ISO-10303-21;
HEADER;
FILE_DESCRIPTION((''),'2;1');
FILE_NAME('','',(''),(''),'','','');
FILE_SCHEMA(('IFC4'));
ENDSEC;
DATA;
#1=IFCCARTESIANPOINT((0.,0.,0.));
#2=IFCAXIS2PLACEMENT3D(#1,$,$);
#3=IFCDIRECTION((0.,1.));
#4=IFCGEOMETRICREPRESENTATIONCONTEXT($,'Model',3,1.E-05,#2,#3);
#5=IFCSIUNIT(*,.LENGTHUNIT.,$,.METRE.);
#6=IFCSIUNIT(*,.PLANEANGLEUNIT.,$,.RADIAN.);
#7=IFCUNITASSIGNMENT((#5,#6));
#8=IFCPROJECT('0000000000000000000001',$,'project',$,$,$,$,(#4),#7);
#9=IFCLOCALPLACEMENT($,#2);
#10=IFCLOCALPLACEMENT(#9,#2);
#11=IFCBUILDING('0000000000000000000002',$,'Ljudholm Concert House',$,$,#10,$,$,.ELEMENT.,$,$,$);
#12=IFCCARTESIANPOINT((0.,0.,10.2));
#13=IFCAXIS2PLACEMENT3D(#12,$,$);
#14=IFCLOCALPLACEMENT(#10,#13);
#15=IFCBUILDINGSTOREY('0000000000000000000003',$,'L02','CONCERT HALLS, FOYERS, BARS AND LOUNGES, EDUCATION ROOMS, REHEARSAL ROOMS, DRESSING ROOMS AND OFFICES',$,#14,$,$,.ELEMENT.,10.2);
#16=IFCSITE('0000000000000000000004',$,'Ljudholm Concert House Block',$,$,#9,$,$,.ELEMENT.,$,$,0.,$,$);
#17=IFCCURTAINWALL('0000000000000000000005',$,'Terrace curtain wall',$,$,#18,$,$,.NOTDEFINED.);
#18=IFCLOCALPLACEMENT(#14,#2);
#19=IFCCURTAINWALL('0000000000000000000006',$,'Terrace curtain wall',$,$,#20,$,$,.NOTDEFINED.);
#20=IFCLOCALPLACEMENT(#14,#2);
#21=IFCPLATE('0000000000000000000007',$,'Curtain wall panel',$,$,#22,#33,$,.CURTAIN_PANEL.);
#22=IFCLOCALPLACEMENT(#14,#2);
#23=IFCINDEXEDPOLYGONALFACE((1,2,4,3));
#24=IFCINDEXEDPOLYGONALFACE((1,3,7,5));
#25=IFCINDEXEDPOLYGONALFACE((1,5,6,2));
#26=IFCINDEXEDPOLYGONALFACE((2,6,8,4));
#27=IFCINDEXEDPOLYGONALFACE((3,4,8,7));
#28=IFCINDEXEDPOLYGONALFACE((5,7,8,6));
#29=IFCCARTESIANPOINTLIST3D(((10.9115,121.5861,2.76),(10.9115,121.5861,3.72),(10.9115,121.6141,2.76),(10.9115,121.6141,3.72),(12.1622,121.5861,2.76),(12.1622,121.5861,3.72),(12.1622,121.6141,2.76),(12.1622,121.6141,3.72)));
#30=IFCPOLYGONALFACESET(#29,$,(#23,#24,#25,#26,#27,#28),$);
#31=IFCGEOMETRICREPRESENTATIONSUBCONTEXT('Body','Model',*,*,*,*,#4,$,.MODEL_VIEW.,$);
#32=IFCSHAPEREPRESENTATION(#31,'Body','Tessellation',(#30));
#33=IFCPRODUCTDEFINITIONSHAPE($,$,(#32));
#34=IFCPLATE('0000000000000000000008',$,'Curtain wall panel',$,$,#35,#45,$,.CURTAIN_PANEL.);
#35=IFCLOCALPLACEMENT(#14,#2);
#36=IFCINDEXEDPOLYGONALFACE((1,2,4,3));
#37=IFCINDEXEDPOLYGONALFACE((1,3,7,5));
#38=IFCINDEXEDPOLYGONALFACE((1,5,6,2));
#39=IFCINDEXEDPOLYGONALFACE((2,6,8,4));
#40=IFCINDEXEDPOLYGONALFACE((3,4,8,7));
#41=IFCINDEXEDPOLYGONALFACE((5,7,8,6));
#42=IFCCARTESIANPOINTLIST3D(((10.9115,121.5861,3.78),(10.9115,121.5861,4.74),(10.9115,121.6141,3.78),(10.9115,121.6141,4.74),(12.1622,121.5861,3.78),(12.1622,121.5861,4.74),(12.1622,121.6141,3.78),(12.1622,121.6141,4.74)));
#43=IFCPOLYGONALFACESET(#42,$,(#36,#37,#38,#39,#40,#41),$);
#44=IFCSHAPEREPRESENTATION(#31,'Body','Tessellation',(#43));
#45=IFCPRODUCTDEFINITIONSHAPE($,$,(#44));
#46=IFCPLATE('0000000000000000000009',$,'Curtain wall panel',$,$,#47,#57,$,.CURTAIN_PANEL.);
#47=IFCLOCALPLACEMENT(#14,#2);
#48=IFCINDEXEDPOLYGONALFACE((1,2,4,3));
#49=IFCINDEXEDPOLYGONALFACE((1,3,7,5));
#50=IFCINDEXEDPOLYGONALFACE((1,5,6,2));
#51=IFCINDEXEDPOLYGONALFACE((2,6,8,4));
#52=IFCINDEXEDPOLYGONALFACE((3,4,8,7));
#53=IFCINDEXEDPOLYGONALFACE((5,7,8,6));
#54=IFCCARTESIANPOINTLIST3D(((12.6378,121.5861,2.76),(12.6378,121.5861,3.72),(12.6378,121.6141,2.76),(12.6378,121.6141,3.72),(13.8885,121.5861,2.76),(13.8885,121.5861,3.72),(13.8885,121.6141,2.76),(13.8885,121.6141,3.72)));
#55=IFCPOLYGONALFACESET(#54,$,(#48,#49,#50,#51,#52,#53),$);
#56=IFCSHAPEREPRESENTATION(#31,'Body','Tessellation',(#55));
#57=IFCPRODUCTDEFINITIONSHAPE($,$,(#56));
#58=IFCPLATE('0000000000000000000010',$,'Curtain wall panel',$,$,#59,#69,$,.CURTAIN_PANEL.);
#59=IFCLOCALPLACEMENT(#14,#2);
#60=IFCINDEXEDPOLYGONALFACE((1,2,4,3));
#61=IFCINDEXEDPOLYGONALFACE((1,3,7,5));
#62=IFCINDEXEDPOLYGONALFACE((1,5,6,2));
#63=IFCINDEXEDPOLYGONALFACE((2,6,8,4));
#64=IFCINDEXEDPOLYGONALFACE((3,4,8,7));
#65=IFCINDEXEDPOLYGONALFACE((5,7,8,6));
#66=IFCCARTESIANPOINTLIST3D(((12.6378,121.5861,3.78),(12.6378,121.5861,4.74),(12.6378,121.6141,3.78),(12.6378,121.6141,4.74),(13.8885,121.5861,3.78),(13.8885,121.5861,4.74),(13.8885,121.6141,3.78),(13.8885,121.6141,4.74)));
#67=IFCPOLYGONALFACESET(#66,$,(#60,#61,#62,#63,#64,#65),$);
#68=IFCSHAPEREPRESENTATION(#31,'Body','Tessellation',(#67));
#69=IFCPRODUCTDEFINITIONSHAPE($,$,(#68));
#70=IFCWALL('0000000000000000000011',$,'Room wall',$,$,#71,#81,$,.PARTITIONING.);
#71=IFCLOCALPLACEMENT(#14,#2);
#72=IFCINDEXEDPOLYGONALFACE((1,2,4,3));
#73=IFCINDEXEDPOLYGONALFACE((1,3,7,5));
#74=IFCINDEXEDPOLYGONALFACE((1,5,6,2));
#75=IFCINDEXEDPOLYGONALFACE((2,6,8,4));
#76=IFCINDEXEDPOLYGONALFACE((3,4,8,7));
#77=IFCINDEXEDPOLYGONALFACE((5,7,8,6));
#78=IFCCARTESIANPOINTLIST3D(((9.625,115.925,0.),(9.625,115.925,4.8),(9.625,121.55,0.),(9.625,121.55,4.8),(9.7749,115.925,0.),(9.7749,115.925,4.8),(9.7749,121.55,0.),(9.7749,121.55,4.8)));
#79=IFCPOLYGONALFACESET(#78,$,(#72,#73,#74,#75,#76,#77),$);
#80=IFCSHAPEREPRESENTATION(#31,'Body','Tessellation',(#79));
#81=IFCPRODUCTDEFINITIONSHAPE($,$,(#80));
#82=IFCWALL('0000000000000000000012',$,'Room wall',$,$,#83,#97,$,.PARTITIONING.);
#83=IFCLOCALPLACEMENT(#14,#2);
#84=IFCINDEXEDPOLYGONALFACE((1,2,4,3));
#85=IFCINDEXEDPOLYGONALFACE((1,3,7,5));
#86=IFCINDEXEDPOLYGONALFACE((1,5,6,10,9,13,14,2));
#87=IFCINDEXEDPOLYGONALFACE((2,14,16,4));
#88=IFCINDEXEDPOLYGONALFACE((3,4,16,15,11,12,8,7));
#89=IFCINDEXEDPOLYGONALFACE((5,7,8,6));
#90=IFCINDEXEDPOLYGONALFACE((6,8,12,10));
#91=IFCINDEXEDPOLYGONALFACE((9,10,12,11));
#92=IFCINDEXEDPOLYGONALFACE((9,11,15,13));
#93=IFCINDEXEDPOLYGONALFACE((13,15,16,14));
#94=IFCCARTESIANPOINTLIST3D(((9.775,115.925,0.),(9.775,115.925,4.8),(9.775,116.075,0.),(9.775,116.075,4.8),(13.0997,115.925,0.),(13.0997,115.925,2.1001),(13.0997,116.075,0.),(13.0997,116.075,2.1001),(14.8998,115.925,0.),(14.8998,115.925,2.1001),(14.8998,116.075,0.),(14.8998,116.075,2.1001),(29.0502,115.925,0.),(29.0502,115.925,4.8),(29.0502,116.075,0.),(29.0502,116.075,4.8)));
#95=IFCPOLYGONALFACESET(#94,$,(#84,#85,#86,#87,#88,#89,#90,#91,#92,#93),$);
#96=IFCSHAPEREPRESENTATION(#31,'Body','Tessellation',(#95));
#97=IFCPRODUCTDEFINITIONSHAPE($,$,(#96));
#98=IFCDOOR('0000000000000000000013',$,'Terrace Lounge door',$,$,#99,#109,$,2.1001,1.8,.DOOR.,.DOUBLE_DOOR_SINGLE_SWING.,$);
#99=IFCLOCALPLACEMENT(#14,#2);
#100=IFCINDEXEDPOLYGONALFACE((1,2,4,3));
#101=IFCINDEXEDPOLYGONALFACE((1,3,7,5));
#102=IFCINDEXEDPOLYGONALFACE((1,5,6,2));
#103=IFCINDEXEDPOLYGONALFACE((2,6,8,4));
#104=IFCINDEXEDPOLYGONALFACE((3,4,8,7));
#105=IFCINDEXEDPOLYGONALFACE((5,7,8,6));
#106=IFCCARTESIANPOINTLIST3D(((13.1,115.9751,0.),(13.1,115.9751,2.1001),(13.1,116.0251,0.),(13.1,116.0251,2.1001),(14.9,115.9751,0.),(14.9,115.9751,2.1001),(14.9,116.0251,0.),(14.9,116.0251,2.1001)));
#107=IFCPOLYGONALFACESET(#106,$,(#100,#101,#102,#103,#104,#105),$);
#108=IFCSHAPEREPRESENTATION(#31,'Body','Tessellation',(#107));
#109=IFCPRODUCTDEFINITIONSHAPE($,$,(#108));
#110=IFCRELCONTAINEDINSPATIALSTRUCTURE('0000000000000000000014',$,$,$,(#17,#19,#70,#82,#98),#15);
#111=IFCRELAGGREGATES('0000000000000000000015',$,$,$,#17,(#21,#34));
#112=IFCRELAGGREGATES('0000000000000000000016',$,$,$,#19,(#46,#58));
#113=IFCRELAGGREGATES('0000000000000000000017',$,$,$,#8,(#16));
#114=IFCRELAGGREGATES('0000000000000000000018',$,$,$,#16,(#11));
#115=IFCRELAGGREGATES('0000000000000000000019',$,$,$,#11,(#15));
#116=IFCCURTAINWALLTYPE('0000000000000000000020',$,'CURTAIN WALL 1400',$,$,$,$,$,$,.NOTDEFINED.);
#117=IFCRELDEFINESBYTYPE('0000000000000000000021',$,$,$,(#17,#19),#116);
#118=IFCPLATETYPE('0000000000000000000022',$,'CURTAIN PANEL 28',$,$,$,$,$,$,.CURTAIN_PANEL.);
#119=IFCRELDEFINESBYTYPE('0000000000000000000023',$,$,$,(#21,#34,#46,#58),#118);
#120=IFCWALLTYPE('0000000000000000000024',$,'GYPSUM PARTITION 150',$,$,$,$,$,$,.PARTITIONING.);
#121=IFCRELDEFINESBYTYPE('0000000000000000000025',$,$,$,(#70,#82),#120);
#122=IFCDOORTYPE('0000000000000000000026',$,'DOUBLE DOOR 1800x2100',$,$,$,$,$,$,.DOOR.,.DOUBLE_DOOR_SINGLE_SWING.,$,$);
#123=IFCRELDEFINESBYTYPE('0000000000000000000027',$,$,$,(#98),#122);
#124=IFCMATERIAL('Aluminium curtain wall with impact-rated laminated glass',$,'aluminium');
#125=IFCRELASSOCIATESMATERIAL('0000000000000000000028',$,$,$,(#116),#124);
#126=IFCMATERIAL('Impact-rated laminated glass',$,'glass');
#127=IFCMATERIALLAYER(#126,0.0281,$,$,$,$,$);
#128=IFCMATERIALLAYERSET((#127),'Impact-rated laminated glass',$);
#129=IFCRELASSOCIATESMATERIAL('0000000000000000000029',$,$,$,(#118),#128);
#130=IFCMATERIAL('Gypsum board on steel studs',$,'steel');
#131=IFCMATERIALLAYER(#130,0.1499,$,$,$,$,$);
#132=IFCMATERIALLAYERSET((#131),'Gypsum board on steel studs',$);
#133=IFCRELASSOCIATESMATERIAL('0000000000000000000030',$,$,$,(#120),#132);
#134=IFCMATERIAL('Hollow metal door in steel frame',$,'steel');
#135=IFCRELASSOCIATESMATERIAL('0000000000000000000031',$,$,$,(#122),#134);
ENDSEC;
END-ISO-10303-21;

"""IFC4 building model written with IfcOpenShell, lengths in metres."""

from ifc_helpers import new_model, si_unit, direction, frame, frame_2d, origin, origin_2d, place, context, subcontext, project, spatial, rectangle, extrude, material, layer, layer_set, type_object, element, fill, aggregate, save


model = new_model("IFC4")

# Units and contexts
model_context = context("Model", 3, precision=1e-05, world=origin(), true_north=direction((0.0, 1.0)))
body_context = subcontext(model_context, "Body", "Model", "MODEL_VIEW")
ifc_project = project(units=[si_unit("LENGTHUNIT", "METRE"), si_unit("PLANEANGLEUNIT", "RADIAN")], contexts=[model_context])

# Site, building, storey
site_placement = place(None, origin())
site = spatial("IfcSite", under=ifc_project, at=site_placement, Name="Ljudholm Concert House Block", CompositionType="ELEMENT", RefElevation=0.0)
building_placement = place(site_placement, origin())
building = spatial("IfcBuilding", under=site, at=building_placement, Name="Ljudholm Concert House", CompositionType="ELEMENT")
storey_placement = place(building_placement, frame((0.0, 0.0, 10.2)))
storey = spatial("IfcBuildingStorey", under=building, at=storey_placement, Name="L02", Description="CONCERT HALLS, FOYERS, BARS AND LOUNGES, EDUCATION ROOMS, REHEARSAL ROOMS, DRESSING ROOMS AND OFFICES", CompositionType="ELEMENT", Elevation=10.2)

# Curtain walls
ifc_material_1 = material(Name="Aluminium curtain wall with impact-rated laminated glass", Category="aluminium")
curtain_wall_type = type_object("IfcCurtainWallType", Name="CURTAIN WALL 1400", PredefinedType="NOTDEFINED", material=ifc_material_1)
curtain_wall_1_placement = place(storey_placement, origin())
curtain_wall_1 = element("IfcCurtainWall", 1, at=curtain_wall_1_placement, inside=storey, type_object=curtain_wall_type, Name="Terrace curtain wall", PredefinedType="NOTDEFINED")
curtain_wall_2_placement = place(storey_placement, origin())
curtain_wall_2 = element("IfcCurtainWall", 2, at=curtain_wall_2_placement, inside=storey, type_object=curtain_wall_type, Name="Terrace curtain wall", PredefinedType="NOTDEFINED")

# Plates
ifc_material_2 = material(Name="Impact-rated laminated glass", Category="glass")
ifc_layer_1 = layer(ifc_material_2, 0.0281)
ifc_layer_set_1 = layer_set([ifc_layer_1], Name="Impact-rated laminated glass")
plate_type = type_object("IfcPlateType", Name="CURTAIN PANEL 28", PredefinedType="CURTAIN_PANEL", material=ifc_layer_set_1)
plate_1_placement = place(storey_placement, frame((11.5369, 121.6001, 2.76), z_axis=(0.0, 0.0, 1.0), x_axis=(1.0, 0.0, 0.0)))
plate_1 = element("IfcPlate", 3, at=plate_1_placement, type_object=plate_type, Name="Curtain wall panel", PredefinedType="CURTAIN_PANEL", context=body_context, shape_type="SweptSolid", body=[
    extrude(rectangle(XDim=1.2507, YDim=0.0281, at=origin_2d()), origin(), (0.0, 0.0, 1.0), 0.96),
])
plate_2_placement = place(storey_placement, frame((11.5369, 121.6001, 3.78), z_axis=(0.0, 0.0, 1.0), x_axis=(1.0, 0.0, 0.0)))
plate_2 = element("IfcPlate", 4, at=plate_2_placement, type_object=plate_type, Name="Curtain wall panel", PredefinedType="CURTAIN_PANEL", context=body_context, shape_type="SweptSolid", body=[
    extrude(rectangle(XDim=1.2507, YDim=0.0281, at=origin_2d()), origin(), (0.0, 0.0, 1.0), 0.96),
])
aggregate(curtain_wall_1, [plate_1, plate_2])
plate_3_placement = place(storey_placement, frame((13.2632, 121.6001, 2.76), z_axis=(0.0, 0.0, 1.0), x_axis=(1.0, 0.0, 0.0)))
plate_3 = element("IfcPlate", 5, at=plate_3_placement, type_object=plate_type, Name="Curtain wall panel", PredefinedType="CURTAIN_PANEL", context=body_context, shape_type="SweptSolid", body=[
    extrude(rectangle(XDim=1.2507, YDim=0.0281, at=origin_2d()), origin(), (0.0, 0.0, 1.0), 0.96),
])
plate_4_placement = place(storey_placement, frame((13.2632, 121.6001, 3.78), z_axis=(0.0, 0.0, 1.0), x_axis=(1.0, 0.0, 0.0)))
plate_4 = element("IfcPlate", 6, at=plate_4_placement, type_object=plate_type, Name="Curtain wall panel", PredefinedType="CURTAIN_PANEL", context=body_context, shape_type="SweptSolid", body=[
    extrude(rectangle(XDim=1.2507, YDim=0.0281, at=origin_2d()), origin(), (0.0, 0.0, 1.0), 0.96),
])
aggregate(curtain_wall_2, [plate_3, plate_4])

# Wall
ifc_material_3 = material(Name="Gypsum board on steel studs", Category="steel")
ifc_layer_2 = layer(ifc_material_3, 0.1499)
ifc_layer_set_2 = layer_set([ifc_layer_2], Name="Gypsum board on steel studs")
wall_type_1 = type_object("IfcWallType", Name="GYPSUM PARTITION 150", PredefinedType="PARTITIONING", material=ifc_layer_set_2)
wall_1_placement = place(storey_placement, frame((9.7, 115.925, 0.0), z_axis=(0.0, 0.0, 1.0), x_axis=(0.0, 1.0, 0.0)))
element("IfcWall", 7, at=wall_1_placement, inside=storey, type_object=wall_type_1, Name="Room wall", PredefinedType="PARTITIONING", context=body_context, shape_type="SweptSolid", body=[
    extrude(rectangle(XDim=5.625, YDim=0.1499, at=frame_2d((2.8125, 0.0))), origin(), (0.0, 0.0, 1.0), 4.8),
])

# Wall, opening, door
wall_2_placement = place(storey_placement, frame((9.7749, 116.0, 0.0), z_axis=(0.0, 0.0, 1.0), x_axis=(1.0, 0.0, 0.0)))
wall_2 = element("IfcWall", 8, at=wall_2_placement, inside=storey, type_object=wall_type_1, Name="Room wall", PredefinedType="PARTITIONING", context=body_context, shape_type="SweptSolid", body=[
    extrude(rectangle(XDim=19.2751, YDim=0.1499, at=frame_2d((9.6377, 0.0))), origin(), (0.0, 0.0, 1.0), 4.8),
])
opening_1_placement = place(wall_2_placement, frame((3.325, 0.0, 0.0)))
opening_1 = element("IfcOpeningElement", 9, at=opening_1_placement, cuts=wall_2, PredefinedType="OPENING", context=body_context, shape_type="SweptSolid", body=[
    extrude(rectangle(XDim=1.8, YDim=2.1001, at=frame_2d((0.8999, 1.05))), frame((0.0, 0.085, 0.0), z_axis=(0.0, -1.0, 0.0), x_axis=(1.0, 0.0, 0.0)), (0.0, 0.0, 1.0), 0.1699),
])
ifc_material_4 = material(Name="Hollow metal door in steel frame", Category="steel")
door_type_1 = type_object("IfcDoorType", Name="DOUBLE DOOR 1800x2100", OperationType="DOUBLE_DOOR_SINGLE_SWING", PredefinedType="DOOR", material=ifc_material_4)
door_1_placement = place(opening_1_placement, frame((1.8, 0.0, 0.0), z_axis=(0.0, 0.0, 1.0), x_axis=(-1.0, 0.0, 0.0)))
door_1 = element("IfcDoor", 10, at=door_1_placement, inside=storey, type_object=door_type_1, Name="Terrace Lounge door", OperationType="DOUBLE_DOOR_SINGLE_SWING", OverallHeight=2.1001, OverallWidth=1.8, PredefinedType="DOOR", context=body_context, shape_type="SweptSolid", body=[
    extrude(rectangle(XDim=1.8, YDim=2.1001, at=frame_2d((0.8999, 1.05))), frame((0.0, 0.0249, 0.0), z_axis=(0.0, -1.0, 0.0), x_axis=(1.0, 0.0, 0.0)), (0.0, 0.0, 1.0), 0.05),
])
fill(opening_1, door_1)

save(model, "model.ifc")
